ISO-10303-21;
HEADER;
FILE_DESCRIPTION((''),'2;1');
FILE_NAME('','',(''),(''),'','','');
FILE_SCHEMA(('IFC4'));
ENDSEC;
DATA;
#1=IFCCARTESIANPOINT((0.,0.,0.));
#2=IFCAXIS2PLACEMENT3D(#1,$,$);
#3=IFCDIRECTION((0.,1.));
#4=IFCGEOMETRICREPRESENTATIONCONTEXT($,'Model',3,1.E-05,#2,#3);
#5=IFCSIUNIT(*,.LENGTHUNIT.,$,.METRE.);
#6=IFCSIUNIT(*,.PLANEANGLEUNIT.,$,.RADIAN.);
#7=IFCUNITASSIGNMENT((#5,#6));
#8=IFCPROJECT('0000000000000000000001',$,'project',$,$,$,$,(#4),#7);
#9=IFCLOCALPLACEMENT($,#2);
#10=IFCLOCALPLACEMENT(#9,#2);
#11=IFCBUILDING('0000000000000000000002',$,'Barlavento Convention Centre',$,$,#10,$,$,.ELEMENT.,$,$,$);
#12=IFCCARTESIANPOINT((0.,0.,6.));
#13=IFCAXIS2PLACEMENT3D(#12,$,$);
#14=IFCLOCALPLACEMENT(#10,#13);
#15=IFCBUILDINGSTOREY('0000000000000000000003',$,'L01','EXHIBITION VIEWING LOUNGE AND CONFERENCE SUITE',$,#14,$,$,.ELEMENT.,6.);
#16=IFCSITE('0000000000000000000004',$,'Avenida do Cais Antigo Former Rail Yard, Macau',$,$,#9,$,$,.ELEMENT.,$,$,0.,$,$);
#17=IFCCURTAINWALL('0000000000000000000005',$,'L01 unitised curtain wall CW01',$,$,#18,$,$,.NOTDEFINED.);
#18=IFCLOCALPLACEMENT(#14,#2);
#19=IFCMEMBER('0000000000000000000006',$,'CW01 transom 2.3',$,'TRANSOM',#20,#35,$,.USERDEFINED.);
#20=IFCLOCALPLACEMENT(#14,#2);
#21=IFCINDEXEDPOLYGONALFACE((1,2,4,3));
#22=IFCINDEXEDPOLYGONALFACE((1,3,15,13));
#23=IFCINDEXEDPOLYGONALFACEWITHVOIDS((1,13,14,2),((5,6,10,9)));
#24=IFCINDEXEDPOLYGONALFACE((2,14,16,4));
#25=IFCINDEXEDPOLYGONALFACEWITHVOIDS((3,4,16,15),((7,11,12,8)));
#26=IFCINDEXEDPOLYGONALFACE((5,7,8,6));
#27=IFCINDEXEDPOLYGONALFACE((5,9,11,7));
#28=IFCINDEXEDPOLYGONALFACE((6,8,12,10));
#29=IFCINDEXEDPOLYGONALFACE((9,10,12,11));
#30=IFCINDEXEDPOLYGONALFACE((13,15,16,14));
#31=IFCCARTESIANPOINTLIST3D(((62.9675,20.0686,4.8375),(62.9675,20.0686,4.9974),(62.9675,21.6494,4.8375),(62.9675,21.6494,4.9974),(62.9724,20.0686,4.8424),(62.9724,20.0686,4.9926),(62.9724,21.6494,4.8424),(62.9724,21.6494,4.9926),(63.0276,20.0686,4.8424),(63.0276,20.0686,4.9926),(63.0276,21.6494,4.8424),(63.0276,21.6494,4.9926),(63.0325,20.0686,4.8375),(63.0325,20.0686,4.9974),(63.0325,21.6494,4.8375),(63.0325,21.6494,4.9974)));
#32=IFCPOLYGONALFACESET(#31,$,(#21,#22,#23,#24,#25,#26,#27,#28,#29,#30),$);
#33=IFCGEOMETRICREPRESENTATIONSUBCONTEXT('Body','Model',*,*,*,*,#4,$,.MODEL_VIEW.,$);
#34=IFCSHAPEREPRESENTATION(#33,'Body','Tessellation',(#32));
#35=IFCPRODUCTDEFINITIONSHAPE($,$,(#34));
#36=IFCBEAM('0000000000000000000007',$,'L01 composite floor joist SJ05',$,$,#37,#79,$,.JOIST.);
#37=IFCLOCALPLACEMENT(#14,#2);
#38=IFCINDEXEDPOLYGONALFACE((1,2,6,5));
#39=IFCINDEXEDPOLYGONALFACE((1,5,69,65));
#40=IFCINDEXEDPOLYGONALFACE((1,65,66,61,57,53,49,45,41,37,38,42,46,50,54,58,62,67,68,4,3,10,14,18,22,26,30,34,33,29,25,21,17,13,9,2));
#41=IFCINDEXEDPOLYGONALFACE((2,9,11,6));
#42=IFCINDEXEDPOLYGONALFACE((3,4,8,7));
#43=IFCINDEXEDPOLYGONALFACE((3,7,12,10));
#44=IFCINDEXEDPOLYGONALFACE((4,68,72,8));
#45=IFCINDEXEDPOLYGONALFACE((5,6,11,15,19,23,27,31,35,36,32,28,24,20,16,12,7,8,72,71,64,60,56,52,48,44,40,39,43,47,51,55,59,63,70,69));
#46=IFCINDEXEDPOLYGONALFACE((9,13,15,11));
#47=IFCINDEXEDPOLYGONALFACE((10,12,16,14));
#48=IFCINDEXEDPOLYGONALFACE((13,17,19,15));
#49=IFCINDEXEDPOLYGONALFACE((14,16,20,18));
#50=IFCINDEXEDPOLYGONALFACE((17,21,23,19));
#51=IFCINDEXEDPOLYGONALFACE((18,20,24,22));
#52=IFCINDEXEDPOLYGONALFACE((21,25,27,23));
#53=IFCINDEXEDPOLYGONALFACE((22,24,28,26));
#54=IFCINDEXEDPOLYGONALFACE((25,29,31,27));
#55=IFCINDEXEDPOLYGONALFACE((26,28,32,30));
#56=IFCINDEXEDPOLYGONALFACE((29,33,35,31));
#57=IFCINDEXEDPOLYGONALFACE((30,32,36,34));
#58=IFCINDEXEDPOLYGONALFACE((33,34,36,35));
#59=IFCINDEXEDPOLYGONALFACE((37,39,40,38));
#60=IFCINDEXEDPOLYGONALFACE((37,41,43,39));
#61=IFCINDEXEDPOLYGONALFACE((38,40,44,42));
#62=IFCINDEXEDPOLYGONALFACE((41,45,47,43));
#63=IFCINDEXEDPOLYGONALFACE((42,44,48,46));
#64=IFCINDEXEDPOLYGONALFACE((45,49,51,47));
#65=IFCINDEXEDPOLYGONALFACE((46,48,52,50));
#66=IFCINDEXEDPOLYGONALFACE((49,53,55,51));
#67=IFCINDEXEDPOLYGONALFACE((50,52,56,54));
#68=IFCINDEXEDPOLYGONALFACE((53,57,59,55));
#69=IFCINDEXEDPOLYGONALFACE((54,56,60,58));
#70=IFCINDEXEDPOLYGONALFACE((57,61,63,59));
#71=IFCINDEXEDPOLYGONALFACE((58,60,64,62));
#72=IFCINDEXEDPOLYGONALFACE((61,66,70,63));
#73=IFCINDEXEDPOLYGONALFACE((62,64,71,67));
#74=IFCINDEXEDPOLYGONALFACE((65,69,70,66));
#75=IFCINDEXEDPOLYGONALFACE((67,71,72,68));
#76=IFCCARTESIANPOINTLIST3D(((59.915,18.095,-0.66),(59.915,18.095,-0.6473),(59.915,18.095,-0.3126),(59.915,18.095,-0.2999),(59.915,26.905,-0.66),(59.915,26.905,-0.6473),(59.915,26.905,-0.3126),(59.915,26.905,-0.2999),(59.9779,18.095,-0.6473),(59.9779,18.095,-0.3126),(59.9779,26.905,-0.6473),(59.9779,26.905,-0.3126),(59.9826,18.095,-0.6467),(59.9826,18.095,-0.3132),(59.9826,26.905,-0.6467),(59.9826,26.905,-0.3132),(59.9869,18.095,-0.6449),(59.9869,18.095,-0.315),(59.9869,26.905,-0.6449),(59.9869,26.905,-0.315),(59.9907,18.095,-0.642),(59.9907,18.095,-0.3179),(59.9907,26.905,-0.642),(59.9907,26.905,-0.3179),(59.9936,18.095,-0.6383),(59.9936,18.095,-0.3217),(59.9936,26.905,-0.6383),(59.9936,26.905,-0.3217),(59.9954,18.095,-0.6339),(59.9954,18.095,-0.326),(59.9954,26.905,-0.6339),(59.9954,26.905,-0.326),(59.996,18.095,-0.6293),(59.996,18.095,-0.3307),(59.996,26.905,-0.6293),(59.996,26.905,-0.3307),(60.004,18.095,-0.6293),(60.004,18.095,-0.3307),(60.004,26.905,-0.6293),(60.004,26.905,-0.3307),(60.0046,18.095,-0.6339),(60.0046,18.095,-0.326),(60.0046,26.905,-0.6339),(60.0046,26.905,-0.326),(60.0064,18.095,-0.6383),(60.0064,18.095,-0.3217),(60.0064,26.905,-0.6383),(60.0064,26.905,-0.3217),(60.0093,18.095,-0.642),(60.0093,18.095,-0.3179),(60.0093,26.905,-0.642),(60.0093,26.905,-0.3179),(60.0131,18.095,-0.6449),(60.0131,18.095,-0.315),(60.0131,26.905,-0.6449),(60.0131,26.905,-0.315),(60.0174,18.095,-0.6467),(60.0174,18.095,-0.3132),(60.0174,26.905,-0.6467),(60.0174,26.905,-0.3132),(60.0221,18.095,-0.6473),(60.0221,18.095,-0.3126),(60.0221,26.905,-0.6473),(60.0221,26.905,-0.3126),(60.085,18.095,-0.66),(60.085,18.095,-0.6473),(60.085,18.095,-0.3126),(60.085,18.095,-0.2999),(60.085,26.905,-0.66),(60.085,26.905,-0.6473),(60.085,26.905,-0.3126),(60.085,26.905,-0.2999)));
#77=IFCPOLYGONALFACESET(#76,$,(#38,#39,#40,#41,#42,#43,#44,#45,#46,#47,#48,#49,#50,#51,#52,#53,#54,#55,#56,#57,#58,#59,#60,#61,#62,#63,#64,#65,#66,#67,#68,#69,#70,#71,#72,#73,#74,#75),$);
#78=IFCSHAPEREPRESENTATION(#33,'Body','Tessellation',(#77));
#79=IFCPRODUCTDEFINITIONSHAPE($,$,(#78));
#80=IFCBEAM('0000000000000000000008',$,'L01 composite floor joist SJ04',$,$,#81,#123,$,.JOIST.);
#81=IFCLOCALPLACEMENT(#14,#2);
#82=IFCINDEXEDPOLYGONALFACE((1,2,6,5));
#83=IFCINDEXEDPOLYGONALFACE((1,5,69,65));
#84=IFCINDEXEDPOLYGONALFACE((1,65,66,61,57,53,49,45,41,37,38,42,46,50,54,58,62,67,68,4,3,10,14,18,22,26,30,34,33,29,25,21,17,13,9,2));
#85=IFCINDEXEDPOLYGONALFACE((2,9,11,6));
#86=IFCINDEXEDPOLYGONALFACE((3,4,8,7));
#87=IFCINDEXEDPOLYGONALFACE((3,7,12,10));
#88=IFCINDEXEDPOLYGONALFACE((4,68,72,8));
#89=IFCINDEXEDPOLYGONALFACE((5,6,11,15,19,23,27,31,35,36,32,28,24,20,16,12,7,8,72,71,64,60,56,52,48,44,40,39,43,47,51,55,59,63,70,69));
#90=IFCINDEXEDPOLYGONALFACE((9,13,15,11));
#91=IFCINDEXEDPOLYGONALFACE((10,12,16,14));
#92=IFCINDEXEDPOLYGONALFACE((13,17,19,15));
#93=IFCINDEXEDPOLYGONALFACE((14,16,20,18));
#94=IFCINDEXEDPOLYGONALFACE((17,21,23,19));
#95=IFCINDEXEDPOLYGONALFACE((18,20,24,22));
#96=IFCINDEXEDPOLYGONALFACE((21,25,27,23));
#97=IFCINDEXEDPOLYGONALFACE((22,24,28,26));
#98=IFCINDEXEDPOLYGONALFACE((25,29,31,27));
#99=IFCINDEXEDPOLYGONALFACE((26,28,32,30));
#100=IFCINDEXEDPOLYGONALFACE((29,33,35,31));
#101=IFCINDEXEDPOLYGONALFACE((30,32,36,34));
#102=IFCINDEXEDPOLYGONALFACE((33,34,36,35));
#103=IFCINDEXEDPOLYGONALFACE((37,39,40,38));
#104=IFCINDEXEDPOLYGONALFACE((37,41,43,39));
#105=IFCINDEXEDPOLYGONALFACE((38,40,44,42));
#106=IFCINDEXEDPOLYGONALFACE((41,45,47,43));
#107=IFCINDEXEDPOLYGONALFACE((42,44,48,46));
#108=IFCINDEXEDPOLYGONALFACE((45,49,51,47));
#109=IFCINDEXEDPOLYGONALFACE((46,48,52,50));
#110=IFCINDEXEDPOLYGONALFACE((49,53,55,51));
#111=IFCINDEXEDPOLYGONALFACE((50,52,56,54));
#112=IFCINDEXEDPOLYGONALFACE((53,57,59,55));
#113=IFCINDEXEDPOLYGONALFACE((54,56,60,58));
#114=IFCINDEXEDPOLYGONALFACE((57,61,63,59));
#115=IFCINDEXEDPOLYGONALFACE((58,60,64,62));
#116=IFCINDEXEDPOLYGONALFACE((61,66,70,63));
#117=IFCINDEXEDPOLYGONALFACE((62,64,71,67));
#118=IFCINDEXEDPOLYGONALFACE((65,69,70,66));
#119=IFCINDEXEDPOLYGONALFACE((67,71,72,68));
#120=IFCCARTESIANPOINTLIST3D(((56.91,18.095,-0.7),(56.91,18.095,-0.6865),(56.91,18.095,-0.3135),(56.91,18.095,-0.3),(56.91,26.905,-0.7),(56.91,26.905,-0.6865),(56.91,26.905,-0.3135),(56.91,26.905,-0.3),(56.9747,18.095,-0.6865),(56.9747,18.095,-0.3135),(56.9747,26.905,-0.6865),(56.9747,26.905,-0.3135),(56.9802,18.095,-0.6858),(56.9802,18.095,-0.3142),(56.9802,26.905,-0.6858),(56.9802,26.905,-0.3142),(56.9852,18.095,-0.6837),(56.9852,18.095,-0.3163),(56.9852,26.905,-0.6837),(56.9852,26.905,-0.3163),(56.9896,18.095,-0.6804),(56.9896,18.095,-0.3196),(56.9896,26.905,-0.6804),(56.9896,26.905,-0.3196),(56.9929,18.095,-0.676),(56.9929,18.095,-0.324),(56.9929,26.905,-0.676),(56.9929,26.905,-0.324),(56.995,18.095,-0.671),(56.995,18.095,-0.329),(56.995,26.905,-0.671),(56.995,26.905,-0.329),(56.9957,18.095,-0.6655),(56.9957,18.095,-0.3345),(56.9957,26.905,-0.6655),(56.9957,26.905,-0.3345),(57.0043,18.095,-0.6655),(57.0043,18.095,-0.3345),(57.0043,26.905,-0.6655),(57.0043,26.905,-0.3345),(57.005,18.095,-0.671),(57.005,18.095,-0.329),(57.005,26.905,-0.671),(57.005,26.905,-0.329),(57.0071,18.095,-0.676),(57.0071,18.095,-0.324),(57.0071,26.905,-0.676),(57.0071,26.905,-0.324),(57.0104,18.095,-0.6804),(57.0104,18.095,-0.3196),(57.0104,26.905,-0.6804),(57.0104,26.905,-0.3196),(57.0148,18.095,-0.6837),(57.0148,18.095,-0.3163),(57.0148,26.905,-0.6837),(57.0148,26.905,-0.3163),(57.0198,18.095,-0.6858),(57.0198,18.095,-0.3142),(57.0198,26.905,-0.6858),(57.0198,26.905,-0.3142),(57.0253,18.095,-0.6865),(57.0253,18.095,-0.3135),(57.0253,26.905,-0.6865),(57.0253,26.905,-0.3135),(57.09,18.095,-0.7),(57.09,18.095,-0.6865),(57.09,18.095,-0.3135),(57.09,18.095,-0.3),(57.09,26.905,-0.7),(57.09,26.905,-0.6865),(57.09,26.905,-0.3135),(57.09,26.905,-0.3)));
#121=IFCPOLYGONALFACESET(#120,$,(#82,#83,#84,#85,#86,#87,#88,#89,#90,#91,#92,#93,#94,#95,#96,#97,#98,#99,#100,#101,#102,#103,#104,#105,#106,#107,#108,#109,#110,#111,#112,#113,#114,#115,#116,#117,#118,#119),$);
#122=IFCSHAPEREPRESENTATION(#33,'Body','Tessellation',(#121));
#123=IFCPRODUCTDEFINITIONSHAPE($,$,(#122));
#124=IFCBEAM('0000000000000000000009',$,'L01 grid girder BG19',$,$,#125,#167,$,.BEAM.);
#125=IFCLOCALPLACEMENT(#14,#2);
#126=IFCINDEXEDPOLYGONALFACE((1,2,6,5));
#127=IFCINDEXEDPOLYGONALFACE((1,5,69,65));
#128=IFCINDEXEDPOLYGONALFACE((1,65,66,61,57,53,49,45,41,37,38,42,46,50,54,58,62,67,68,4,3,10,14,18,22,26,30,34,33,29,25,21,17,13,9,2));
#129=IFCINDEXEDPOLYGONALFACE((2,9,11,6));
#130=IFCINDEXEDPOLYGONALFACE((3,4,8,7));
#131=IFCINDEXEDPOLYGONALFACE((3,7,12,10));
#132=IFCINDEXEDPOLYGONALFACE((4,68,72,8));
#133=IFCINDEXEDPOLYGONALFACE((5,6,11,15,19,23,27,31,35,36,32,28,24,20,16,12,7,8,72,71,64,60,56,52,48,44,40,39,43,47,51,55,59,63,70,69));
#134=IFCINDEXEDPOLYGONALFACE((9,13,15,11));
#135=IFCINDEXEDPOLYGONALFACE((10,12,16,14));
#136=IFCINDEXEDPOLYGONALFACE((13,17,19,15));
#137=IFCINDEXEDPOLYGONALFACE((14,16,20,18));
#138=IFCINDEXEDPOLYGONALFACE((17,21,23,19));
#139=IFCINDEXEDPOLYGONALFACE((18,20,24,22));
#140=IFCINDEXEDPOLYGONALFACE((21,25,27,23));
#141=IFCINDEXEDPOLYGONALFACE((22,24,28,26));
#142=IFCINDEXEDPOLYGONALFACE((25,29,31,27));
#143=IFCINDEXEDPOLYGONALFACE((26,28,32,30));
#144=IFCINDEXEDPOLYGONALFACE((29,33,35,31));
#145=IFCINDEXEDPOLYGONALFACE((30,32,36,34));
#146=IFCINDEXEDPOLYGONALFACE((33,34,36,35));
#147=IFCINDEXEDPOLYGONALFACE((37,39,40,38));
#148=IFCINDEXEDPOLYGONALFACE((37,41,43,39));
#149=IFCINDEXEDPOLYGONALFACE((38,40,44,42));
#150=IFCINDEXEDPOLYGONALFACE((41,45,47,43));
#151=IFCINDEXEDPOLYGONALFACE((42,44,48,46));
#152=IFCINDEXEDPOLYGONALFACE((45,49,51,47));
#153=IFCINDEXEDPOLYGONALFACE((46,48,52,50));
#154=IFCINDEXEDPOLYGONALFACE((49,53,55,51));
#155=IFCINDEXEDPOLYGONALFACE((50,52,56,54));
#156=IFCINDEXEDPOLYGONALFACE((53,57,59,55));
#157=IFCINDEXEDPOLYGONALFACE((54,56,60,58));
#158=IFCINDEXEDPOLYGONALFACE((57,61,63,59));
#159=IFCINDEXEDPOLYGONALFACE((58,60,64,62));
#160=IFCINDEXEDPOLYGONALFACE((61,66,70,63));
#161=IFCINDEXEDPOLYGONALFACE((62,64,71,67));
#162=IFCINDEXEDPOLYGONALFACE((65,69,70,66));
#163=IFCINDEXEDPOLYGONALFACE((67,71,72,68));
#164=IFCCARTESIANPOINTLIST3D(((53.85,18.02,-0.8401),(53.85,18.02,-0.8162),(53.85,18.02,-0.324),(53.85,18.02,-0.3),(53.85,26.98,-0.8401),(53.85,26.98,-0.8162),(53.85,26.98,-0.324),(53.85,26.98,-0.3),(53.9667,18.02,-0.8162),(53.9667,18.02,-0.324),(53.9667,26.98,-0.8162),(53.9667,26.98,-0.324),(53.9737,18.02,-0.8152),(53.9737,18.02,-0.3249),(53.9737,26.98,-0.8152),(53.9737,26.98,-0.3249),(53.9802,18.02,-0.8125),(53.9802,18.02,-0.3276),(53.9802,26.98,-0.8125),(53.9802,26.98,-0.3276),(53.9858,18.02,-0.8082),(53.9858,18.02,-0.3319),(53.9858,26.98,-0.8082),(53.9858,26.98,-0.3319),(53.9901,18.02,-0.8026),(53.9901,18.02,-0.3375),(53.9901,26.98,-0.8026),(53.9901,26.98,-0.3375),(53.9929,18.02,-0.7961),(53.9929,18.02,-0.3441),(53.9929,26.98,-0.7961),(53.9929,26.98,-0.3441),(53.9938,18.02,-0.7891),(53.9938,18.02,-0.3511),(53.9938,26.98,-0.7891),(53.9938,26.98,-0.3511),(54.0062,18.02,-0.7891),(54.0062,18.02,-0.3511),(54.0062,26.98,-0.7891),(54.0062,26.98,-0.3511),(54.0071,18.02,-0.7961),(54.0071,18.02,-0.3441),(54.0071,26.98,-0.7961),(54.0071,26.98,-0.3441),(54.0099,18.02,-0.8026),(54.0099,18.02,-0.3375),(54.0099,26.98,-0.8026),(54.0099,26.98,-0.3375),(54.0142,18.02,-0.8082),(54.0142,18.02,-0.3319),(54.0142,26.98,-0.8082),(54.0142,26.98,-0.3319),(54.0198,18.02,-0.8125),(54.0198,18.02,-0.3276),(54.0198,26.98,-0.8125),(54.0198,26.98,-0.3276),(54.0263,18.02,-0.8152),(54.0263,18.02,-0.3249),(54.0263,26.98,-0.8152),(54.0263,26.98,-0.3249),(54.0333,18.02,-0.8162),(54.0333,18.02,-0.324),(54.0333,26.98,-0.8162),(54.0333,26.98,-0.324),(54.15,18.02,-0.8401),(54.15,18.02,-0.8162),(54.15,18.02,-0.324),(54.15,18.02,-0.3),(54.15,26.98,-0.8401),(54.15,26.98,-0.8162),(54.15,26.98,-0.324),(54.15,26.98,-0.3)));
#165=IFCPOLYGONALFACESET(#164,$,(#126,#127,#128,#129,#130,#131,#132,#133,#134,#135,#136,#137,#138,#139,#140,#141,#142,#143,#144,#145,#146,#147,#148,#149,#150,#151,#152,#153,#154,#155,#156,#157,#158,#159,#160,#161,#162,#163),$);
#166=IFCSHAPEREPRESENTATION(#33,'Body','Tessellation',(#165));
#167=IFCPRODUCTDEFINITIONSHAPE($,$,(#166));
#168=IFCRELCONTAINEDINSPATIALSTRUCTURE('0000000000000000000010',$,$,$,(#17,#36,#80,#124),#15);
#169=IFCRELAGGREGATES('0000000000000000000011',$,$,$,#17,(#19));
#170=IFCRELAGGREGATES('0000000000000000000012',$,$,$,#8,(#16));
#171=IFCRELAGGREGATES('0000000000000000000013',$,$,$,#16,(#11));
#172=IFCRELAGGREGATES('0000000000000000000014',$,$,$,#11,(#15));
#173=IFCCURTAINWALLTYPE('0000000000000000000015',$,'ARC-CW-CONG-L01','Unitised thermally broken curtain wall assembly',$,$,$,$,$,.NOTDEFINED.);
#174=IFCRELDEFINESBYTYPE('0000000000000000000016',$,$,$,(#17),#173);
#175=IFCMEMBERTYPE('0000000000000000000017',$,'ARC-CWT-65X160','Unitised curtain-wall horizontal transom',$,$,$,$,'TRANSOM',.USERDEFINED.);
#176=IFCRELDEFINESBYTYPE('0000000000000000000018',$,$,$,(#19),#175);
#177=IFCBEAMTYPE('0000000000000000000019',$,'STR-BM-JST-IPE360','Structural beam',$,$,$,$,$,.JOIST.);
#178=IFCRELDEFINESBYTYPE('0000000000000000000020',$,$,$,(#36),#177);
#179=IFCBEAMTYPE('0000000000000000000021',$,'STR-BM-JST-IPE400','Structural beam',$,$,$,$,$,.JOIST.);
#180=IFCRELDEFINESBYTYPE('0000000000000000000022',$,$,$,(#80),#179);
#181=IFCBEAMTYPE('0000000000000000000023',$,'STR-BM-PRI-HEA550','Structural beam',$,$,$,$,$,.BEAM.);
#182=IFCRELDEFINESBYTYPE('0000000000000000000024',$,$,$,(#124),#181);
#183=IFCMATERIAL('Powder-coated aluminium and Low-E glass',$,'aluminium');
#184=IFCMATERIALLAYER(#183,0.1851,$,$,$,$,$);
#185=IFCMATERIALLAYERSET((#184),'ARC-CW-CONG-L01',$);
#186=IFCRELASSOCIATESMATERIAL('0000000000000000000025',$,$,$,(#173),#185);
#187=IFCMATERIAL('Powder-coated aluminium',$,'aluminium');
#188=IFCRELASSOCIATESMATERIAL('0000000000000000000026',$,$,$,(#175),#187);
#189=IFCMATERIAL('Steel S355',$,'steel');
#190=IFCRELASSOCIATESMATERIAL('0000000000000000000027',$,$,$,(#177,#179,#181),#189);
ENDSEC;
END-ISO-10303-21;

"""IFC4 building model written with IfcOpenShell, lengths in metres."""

from ifc_helpers import new_model, si_unit, direction, frame, origin, origin_2d, place, context, subcontext, project, spatial, hollow_rectangle, i_section, extrude, material, layer, layer_set, material_profile, profile_set, type_object, element, aggregate, save


model = new_model("IFC4")

# Units and contexts
model_context = context("Model", 3, precision=1e-05, world=origin(), true_north=direction((0.0, 1.0)))
body_context = subcontext(model_context, "Body", "Model", "MODEL_VIEW")
ifc_project = project(units=[si_unit("LENGTHUNIT", "METRE"), si_unit("PLANEANGLEUNIT", "RADIAN")], contexts=[model_context])

# Site, building, storey
site_placement = place(None, origin())
site = spatial("IfcSite", under=ifc_project, at=site_placement, Name="Avenida do Cais Antigo Former Rail Yard, Macau", CompositionType="ELEMENT", RefElevation=0.0)
building_placement = place(site_placement, origin())
building = spatial("IfcBuilding", under=site, at=building_placement, Name="Barlavento Convention Centre", CompositionType="ELEMENT")
storey_placement = place(building_placement, frame((0.0, 0.0, 6.0)))
storey = spatial("IfcBuildingStorey", under=building, at=storey_placement, Name="L01", Description="EXHIBITION VIEWING LOUNGE AND CONFERENCE SUITE", CompositionType="ELEMENT", Elevation=6.0)

# Shared definitions
ifc_material_1 = material(Name="Steel S355", Category="steel")

# Curtain wall, member
ifc_material_2 = material(Name="Powder-coated aluminium and Low-E glass", Category="aluminium")
ifc_layer_1 = layer(ifc_material_2, 0.1851)
ifc_layer_set_1 = layer_set([ifc_layer_1], Name="ARC-CW-CONG-L01")
curtain_wall_type = type_object("IfcCurtainWallType", Name="ARC-CW-CONG-L01", Description="Unitised thermally broken curtain wall assembly", PredefinedType="NOTDEFINED", material=ifc_layer_set_1)
curtain_wall_placement = place(storey_placement, origin())
curtain_wall = element("IfcCurtainWall", 1, at=curtain_wall_placement, inside=storey, type_object=curtain_wall_type, Name="L01 unitised curtain wall CW01", PredefinedType="NOTDEFINED")
ifc_material_3 = material(Name="Powder-coated aluminium", Category="aluminium")
ifc_material_profile_1 = material_profile(ifc_material_3, hollow_rectangle(XDim=0.0649, YDim=0.1599, WallThickness=0.0049, at=origin_2d()), Name="AL-TRAN 65x160x5")
ifc_profile_set_1 = profile_set([ifc_material_profile_1], Name="Powder-coated aluminium")
member_type_1 = type_object("IfcMemberType", Name="ARC-CWT-65X160", Description="Unitised curtain-wall horizontal transom", ElementType="TRANSOM", PredefinedType="USERDEFINED", material=ifc_profile_set_1)
member_1_placement = place(storey_placement, frame((63.0, 20.0686, 4.9175), z_axis=(0.0, 1.0, 0.0), x_axis=(-1.0, 0.0, 0.0)))
member_1 = element("IfcMember", 2, at=member_1_placement, type_object=member_type_1, Name="CW01 transom 2.3", ObjectType="TRANSOM", PredefinedType="USERDEFINED", context=body_context, shape_type="SweptSolid", body=[
    extrude(hollow_rectangle(XDim=0.0649, YDim=0.1599, WallThickness=0.0049, at=origin_2d()), origin(), (0.0, 0.0, 1.0), 1.5808),
])

# Beams
ifc_material_profile_2 = material_profile(ifc_material_1, i_section(OverallWidth=0.1699, OverallDepth=0.3601, WebThickness=0.0081, FlangeThickness=0.0127, FilletRadius=0.0181, at=origin_2d()), Name="IPE 360")
ifc_profile_set_2 = profile_set([ifc_material_profile_2], Name="Steel S355")
beam_type_1 = type_object("IfcBeamType", Name="STR-BM-JST-IPE360", Description="Structural beam", PredefinedType="JOIST", material=ifc_profile_set_2)
beam_1_placement = place(storey_placement, frame((60.0, 18.095, -0.48), z_axis=(0.0, 1.0, 0.0), x_axis=(-1.0, 0.0, 0.0)))
element("IfcBeam", 3, at=beam_1_placement, inside=storey, type_object=beam_type_1, Name="L01 composite floor joist SJ05", PredefinedType="JOIST", context=body_context, shape_type="SweptSolid", body=[
    extrude(i_section(OverallWidth=0.1699, OverallDepth=0.3601, WebThickness=0.0081, FlangeThickness=0.0127, FilletRadius=0.0181, at=origin_2d()), origin(), (0.0, 0.0, 1.0), 8.8101),
])
ifc_material_profile_3 = material_profile(ifc_material_1, i_section(OverallWidth=0.1799, OverallDepth=0.3999, WebThickness=0.0085, FlangeThickness=0.0134, FilletRadius=0.021, at=origin_2d()), Name="IPE 400")
ifc_profile_set_3 = profile_set([ifc_material_profile_3], Name="Steel S355")
beam_type_2 = type_object("IfcBeamType", Name="STR-BM-JST-IPE400", Description="Structural beam", PredefinedType="JOIST", material=ifc_profile_set_3)
beam_2_placement = place(storey_placement, frame((57.0, 18.095, -0.5), z_axis=(0.0, 1.0, 0.0), x_axis=(-1.0, 0.0, 0.0)))
element("IfcBeam", 4, at=beam_2_placement, inside=storey, type_object=beam_type_2, Name="L01 composite floor joist SJ04", PredefinedType="JOIST", context=body_context, shape_type="SweptSolid", body=[
    extrude(i_section(OverallWidth=0.1799, OverallDepth=0.3999, WebThickness=0.0085, FlangeThickness=0.0134, FilletRadius=0.021, at=origin_2d()), origin(), (0.0, 0.0, 1.0), 8.8101),
])
ifc_material_profile_4 = material_profile(ifc_material_1, i_section(OverallWidth=0.3, OverallDepth=0.54, WebThickness=0.0125, FlangeThickness=0.0239, FilletRadius=0.0271, at=origin_2d()), Name="HEA 550")
ifc_profile_set_4 = profile_set([ifc_material_profile_4], Name="Steel S355")
beam_type_3 = type_object("IfcBeamType", Name="STR-BM-PRI-HEA550", Description="Structural beam", PredefinedType="BEAM", material=ifc_profile_set_4)
beam_3_placement = place(storey_placement, frame((54.0, 18.02, -0.5701), z_axis=(0.0, 1.0, 0.0), x_axis=(-1.0, 0.0, 0.0)))
element("IfcBeam", 5, at=beam_3_placement, inside=storey, type_object=beam_type_3, Name="L01 grid girder BG19", PredefinedType="BEAM", context=body_context, shape_type="SweptSolid", body=[
    extrude(i_section(OverallWidth=0.3, OverallDepth=0.54, WebThickness=0.0125, FlangeThickness=0.0239, FilletRadius=0.0271, at=origin_2d()), origin(), (0.0, 0.0, 1.0), 8.96),
])

aggregate(curtain_wall, [member_1])

save(model, "model.ifc")
